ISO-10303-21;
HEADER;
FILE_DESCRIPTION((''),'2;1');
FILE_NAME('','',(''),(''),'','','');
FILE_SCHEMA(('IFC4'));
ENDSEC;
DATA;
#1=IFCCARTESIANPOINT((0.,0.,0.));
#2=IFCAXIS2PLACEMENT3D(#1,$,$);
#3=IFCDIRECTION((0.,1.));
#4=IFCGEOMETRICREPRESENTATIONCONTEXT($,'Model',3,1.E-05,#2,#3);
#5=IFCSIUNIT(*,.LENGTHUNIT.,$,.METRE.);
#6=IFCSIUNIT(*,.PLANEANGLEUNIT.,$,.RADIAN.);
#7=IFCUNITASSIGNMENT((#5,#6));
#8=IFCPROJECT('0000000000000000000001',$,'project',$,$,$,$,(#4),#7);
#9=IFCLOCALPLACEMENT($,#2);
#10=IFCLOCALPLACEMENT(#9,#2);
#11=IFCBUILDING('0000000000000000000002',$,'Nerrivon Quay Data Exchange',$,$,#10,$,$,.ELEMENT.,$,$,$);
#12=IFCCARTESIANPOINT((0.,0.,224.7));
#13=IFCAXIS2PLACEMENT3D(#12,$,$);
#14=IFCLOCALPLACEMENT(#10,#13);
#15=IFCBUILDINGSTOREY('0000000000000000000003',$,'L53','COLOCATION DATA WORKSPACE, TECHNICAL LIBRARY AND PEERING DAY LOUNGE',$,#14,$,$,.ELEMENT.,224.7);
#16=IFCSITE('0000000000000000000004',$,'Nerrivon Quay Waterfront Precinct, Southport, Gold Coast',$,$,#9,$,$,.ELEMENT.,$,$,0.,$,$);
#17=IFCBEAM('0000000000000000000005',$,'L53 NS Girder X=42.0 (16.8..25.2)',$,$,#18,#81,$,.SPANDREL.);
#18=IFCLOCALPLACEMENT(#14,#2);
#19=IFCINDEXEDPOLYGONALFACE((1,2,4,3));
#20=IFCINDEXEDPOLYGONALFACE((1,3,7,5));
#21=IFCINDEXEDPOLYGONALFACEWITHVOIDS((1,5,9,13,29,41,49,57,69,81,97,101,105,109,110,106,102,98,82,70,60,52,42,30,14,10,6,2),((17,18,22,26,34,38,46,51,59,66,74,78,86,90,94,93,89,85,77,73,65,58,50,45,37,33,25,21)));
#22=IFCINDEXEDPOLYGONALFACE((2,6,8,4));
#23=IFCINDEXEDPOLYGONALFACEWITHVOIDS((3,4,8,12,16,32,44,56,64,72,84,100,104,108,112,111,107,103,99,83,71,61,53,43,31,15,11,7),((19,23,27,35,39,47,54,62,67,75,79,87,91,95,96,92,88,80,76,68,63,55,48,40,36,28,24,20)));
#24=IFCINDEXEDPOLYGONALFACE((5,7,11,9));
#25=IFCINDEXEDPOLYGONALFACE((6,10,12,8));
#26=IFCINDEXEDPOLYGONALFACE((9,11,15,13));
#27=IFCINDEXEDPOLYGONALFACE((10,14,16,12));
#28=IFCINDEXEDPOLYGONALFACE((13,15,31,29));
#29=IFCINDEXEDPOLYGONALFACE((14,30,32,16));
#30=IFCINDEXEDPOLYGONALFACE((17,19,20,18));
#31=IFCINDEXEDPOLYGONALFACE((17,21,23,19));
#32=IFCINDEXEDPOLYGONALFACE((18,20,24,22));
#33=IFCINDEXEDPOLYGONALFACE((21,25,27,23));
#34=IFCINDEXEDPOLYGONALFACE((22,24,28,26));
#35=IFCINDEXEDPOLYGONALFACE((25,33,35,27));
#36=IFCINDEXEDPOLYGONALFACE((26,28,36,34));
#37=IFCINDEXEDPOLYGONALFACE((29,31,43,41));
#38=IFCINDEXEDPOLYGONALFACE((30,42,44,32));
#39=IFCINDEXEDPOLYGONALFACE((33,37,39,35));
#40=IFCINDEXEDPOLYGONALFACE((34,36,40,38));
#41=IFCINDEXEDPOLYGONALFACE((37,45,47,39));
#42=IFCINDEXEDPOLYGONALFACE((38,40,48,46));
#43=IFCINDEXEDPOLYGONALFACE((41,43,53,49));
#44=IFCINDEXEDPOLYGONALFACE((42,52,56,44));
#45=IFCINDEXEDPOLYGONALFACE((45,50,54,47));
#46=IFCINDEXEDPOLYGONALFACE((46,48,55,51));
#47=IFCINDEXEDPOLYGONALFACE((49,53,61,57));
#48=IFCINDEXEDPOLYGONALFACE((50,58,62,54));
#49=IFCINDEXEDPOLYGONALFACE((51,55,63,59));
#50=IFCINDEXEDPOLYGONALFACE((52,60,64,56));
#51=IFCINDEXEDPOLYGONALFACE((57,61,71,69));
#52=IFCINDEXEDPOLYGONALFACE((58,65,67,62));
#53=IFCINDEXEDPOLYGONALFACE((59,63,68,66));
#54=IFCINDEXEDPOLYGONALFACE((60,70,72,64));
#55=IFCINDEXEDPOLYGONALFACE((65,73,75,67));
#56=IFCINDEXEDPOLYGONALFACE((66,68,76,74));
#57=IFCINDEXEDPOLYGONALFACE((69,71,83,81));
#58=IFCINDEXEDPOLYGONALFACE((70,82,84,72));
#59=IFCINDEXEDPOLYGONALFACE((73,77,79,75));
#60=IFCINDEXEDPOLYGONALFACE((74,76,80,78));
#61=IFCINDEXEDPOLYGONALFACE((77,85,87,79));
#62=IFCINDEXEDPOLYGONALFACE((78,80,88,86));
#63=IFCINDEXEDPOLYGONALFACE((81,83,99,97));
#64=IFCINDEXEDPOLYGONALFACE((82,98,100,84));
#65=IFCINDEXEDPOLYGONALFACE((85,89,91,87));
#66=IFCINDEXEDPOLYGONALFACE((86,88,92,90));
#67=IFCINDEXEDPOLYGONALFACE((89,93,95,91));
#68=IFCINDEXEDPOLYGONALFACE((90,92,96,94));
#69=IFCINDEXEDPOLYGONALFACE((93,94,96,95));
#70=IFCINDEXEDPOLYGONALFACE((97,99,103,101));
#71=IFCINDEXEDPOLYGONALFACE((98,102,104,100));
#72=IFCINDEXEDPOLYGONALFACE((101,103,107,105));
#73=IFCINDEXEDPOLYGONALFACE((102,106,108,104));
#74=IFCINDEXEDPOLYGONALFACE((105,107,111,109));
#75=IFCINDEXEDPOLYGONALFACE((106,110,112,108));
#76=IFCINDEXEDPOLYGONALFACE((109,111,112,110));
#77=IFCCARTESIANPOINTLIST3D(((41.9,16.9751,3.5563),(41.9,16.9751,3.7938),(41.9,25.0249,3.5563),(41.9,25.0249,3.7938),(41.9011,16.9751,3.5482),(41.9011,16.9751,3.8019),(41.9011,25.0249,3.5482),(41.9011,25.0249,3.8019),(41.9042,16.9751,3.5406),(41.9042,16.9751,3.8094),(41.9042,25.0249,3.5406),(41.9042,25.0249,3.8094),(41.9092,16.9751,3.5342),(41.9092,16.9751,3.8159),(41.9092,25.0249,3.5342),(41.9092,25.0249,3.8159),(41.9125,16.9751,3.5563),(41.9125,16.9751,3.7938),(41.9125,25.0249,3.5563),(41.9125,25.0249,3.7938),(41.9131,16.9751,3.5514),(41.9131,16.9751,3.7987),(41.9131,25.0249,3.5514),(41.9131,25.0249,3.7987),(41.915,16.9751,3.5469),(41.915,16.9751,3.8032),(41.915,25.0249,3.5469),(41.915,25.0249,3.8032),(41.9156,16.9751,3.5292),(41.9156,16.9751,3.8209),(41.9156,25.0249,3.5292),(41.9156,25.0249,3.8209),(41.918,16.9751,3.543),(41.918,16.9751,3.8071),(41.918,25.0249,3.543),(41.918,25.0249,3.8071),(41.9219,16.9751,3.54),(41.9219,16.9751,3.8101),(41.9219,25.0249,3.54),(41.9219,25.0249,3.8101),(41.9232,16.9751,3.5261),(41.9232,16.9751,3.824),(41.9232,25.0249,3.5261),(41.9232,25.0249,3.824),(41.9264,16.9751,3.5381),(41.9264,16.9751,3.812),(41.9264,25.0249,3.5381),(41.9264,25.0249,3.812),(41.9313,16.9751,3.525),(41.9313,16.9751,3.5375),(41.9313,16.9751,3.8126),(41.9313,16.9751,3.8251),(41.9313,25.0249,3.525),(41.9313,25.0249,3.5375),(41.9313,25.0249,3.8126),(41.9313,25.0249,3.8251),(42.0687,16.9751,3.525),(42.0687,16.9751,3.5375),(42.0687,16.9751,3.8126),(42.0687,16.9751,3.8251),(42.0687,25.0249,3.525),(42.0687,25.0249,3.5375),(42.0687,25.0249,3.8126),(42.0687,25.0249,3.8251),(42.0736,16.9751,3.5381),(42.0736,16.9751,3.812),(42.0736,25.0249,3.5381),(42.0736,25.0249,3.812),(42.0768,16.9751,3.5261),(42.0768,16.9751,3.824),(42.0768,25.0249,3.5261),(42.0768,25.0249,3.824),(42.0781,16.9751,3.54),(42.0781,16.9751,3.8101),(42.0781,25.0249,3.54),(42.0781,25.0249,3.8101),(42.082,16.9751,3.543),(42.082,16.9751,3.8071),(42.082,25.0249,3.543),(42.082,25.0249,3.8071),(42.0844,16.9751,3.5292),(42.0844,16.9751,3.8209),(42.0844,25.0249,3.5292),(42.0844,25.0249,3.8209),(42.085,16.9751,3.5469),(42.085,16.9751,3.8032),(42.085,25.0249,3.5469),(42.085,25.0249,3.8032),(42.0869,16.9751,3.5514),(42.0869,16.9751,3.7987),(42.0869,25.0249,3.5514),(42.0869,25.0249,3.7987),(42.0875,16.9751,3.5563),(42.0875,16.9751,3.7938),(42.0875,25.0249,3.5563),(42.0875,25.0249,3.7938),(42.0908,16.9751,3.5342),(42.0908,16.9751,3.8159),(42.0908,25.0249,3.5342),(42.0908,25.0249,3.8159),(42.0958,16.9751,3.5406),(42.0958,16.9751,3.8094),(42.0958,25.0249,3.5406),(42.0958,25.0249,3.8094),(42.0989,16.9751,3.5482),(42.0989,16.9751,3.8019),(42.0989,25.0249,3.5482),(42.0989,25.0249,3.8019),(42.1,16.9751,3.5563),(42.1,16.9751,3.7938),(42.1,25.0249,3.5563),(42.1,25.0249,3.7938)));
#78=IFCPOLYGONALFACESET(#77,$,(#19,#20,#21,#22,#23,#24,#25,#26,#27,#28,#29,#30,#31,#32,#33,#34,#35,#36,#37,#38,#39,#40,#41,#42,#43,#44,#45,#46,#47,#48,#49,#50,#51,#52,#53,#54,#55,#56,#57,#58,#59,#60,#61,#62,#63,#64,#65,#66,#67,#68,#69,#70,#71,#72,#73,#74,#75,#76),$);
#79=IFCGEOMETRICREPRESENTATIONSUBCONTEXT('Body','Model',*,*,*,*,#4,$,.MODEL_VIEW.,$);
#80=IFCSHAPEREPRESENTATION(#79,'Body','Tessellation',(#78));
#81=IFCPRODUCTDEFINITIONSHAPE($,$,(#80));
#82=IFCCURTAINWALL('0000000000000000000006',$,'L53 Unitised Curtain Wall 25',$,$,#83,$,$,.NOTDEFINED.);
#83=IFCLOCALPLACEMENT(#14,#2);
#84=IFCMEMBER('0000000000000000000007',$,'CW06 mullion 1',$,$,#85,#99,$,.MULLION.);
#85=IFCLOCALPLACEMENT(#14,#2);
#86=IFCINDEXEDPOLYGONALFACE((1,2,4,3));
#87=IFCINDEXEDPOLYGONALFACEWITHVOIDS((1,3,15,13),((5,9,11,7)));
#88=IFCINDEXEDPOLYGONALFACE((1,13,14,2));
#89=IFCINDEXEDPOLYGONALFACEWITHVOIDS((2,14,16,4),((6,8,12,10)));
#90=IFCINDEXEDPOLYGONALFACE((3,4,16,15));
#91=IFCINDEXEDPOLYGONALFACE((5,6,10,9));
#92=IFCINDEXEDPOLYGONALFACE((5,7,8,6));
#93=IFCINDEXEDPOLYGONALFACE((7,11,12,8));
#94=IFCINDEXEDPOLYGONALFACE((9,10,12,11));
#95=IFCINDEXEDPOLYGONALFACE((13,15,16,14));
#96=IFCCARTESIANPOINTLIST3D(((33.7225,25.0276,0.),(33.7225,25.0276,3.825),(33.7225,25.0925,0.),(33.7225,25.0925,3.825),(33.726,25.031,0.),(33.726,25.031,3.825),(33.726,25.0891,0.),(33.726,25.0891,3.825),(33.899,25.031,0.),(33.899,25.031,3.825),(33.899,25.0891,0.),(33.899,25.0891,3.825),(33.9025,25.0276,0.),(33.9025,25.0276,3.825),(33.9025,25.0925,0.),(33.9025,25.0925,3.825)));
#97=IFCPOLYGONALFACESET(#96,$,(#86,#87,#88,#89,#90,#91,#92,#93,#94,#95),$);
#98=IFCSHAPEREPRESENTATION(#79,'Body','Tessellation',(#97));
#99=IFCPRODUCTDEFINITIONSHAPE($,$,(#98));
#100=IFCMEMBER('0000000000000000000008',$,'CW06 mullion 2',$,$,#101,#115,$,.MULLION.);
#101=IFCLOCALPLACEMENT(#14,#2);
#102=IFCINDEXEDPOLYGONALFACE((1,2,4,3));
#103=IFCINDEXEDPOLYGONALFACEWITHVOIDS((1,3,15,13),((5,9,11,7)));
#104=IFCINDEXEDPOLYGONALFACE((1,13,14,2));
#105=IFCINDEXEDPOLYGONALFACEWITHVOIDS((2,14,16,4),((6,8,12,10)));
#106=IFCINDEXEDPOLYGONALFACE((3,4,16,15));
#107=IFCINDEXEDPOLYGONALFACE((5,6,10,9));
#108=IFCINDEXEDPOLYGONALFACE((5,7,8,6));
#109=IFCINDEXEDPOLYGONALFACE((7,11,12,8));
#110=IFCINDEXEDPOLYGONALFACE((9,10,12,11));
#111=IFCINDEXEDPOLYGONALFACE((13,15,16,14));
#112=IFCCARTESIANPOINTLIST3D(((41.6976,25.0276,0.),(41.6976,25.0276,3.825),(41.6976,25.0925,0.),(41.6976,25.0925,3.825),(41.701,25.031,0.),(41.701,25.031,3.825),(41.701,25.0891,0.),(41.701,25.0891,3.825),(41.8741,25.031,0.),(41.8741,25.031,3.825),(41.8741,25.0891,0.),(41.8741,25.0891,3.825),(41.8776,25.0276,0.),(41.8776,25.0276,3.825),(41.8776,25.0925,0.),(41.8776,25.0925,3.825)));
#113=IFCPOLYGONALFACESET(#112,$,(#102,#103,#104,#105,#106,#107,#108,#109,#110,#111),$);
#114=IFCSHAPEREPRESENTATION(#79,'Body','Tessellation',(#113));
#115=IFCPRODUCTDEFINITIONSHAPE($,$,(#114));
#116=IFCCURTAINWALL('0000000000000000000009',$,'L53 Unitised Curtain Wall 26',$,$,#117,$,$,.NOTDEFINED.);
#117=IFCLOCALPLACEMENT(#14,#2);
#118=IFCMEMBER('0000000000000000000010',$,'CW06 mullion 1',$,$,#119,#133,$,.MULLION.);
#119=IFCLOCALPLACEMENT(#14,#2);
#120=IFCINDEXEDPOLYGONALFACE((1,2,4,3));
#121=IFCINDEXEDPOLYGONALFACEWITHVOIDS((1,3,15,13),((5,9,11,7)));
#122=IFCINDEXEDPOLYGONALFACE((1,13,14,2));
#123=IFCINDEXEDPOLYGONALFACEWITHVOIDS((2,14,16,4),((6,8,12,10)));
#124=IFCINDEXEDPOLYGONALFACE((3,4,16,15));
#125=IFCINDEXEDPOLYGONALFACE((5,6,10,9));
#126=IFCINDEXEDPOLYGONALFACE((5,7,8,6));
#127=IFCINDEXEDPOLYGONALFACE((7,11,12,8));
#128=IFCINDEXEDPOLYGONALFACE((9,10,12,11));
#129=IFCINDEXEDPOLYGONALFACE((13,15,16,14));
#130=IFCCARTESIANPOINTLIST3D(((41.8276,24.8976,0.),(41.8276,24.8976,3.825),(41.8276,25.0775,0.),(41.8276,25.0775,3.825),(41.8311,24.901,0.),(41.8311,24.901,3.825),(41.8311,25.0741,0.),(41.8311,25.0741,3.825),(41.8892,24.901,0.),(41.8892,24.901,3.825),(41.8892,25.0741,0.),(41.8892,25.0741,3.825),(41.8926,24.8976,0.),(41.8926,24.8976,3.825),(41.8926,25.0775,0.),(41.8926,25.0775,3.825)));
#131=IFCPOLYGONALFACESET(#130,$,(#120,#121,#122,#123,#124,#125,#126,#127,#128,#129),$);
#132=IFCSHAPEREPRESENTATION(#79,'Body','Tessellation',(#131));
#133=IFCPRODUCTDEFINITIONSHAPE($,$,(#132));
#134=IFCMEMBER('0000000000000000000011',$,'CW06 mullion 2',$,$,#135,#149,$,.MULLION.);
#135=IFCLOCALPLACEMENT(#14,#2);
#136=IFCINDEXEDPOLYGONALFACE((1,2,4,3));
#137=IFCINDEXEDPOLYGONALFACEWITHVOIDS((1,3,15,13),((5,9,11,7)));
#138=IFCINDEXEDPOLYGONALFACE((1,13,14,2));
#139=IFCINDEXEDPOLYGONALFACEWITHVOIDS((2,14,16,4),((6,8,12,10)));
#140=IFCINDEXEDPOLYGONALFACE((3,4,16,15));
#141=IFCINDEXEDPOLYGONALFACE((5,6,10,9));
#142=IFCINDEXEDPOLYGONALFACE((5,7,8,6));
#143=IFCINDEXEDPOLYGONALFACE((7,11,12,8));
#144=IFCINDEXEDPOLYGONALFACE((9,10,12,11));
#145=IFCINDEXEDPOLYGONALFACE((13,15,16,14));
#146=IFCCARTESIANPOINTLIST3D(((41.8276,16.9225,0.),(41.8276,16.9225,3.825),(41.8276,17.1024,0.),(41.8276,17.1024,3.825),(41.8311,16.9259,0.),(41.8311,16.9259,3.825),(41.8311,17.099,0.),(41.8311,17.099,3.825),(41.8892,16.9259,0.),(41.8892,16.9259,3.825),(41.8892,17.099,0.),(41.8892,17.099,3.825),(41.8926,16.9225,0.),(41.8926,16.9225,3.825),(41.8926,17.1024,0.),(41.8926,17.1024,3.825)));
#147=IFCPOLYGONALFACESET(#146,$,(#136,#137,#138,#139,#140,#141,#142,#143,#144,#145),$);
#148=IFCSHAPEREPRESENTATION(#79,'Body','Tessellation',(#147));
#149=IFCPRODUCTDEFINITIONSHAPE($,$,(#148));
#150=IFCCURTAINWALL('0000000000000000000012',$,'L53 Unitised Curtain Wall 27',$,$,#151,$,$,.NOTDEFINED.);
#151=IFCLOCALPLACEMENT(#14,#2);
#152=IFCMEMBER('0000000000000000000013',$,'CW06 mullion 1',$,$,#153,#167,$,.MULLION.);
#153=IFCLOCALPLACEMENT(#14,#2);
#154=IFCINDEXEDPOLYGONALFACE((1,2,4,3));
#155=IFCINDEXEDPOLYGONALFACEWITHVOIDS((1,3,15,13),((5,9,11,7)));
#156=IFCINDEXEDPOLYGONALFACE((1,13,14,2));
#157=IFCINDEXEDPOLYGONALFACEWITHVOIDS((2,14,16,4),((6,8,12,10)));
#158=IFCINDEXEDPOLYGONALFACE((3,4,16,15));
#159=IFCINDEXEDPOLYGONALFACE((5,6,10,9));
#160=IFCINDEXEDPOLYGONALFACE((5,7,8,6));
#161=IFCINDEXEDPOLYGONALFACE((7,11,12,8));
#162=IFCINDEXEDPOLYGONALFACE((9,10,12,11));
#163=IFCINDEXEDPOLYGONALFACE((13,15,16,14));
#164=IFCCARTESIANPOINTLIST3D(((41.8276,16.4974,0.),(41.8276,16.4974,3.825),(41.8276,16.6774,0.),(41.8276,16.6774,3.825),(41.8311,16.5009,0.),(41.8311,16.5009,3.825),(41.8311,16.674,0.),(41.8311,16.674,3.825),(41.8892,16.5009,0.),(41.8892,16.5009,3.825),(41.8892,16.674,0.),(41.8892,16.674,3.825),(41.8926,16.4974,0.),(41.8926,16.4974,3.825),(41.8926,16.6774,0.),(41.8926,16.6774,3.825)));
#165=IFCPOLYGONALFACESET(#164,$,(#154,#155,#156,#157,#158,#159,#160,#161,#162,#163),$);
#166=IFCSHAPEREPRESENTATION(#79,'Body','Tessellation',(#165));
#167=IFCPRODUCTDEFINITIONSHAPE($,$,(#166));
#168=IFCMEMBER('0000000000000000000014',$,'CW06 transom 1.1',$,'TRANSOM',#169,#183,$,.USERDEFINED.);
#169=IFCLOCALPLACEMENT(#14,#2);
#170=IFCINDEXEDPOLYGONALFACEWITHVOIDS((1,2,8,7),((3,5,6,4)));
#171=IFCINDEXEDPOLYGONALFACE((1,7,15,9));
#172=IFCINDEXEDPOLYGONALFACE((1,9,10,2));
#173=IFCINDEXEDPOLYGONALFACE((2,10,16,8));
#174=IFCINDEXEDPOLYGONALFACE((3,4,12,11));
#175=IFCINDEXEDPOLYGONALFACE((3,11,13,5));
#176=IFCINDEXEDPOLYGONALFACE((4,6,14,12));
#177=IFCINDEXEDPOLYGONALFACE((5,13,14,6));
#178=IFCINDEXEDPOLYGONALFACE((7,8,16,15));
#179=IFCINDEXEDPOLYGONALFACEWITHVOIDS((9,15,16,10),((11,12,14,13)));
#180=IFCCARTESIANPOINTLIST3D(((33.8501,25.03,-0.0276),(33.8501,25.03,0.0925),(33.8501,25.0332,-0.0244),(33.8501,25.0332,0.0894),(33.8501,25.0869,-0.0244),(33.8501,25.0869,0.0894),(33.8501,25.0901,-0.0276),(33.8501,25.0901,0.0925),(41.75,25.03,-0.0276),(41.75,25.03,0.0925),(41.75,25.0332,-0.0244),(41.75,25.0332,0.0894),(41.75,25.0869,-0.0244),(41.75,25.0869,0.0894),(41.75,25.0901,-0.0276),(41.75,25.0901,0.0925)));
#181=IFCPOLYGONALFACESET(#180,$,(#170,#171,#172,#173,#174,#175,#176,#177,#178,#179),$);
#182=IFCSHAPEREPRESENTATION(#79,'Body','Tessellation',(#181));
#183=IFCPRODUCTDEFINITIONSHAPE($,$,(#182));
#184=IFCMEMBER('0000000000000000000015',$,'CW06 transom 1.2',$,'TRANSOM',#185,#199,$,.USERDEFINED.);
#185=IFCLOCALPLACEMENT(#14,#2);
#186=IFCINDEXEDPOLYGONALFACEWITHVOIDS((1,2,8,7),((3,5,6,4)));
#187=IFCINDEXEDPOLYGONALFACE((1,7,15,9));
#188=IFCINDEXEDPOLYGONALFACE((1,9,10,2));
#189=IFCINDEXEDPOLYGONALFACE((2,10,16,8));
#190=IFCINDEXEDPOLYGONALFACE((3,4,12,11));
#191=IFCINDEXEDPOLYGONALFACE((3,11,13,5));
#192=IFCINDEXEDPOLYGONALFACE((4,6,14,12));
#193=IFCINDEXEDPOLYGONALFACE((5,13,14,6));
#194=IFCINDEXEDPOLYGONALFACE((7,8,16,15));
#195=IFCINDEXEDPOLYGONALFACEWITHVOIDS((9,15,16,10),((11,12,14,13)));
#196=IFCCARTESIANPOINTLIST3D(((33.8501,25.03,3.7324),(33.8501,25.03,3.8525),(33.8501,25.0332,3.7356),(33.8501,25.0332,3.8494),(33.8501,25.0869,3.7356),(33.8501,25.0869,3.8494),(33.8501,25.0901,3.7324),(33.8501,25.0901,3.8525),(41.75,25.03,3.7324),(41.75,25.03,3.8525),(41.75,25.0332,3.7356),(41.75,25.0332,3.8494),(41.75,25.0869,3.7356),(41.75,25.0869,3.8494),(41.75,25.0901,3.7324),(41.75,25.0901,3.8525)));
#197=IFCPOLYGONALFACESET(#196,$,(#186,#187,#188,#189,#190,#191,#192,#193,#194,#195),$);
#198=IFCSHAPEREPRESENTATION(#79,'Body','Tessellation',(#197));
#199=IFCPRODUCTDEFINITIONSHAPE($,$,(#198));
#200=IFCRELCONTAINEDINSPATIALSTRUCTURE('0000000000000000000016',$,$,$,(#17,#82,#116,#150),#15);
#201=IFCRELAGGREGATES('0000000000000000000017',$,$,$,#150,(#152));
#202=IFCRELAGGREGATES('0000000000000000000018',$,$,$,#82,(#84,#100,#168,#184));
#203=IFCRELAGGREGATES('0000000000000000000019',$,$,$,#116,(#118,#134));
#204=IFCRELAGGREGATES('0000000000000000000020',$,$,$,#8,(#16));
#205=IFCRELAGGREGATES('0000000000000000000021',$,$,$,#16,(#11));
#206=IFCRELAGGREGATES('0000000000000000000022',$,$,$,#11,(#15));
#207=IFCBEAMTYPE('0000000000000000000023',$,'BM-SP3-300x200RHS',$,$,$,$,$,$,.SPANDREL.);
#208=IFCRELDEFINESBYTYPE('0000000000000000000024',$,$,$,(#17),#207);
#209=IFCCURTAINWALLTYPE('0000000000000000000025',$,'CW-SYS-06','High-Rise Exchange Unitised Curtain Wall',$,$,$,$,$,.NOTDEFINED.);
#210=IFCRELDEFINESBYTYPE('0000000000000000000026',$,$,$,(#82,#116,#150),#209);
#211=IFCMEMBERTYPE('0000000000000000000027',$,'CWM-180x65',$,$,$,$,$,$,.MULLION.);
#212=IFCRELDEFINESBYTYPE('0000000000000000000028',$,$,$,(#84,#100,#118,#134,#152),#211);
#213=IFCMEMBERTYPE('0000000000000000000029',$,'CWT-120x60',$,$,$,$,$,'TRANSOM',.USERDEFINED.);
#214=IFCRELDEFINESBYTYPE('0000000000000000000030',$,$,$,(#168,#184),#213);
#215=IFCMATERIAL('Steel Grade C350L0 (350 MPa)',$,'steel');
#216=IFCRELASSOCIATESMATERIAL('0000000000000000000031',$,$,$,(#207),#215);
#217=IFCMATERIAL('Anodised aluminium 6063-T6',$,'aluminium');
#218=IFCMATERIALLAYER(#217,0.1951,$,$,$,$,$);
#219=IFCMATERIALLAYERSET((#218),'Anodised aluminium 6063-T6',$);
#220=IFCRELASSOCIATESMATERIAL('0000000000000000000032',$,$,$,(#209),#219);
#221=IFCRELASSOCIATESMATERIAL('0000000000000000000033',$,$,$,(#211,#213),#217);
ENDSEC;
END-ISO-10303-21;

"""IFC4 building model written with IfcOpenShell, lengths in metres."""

from ifc_helpers import new_model, si_unit, direction, frame, origin, origin_2d, place, context, subcontext, project, spatial, hollow_rectangle, extrude, material, layer, layer_set, material_profile, profile_set, type_object, element, aggregate, save


model = new_model("IFC4")

# Units and contexts
model_context = context("Model", 3, precision=1e-05, world=origin(), true_north=direction((0.0, 1.0)))
body_context = subcontext(model_context, "Body", "Model", "MODEL_VIEW")
ifc_project = project(units=[si_unit("LENGTHUNIT", "METRE"), si_unit("PLANEANGLEUNIT", "RADIAN")], contexts=[model_context])

# Site, building, storey
site_placement = place(None, origin())
site = spatial("IfcSite", under=ifc_project, at=site_placement, Name="Nerrivon Quay Waterfront Precinct, Southport, Gold Coast", CompositionType="ELEMENT", RefElevation=0.0)
building_placement = place(site_placement, origin())
building = spatial("IfcBuilding", under=site, at=building_placement, Name="Nerrivon Quay Data Exchange", CompositionType="ELEMENT")
storey_placement = place(building_placement, frame((0.0, 0.0, 224.7)))
storey = spatial("IfcBuildingStorey", under=building, at=storey_placement, Name="L53", Description="COLOCATION DATA WORKSPACE, TECHNICAL LIBRARY AND PEERING DAY LOUNGE", CompositionType="ELEMENT", Elevation=224.7)

# Beam
ifc_material_1 = material(Name="Steel Grade C350L0 (350 MPa)", Category="steel")
ifc_material_profile_1 = material_profile(ifc_material_1, hollow_rectangle(XDim=0.2, YDim=0.3, WallThickness=0.0125, InnerFilletRadius=0.0188, OuterFilletRadius=0.0312, at=origin_2d()), Name="300x200x12.5RHS")
ifc_profile_set_1 = profile_set([ifc_material_profile_1], Name="Steel Grade C350L0 (350 MPa)")
beam_type_1 = type_object("IfcBeamType", Name="BM-SP3-300x200RHS", PredefinedType="SPANDREL", material=ifc_profile_set_1)
beam_1_placement = place(storey_placement, frame((42.0, 16.9751, 3.675), z_axis=(0.0, 1.0, 0.0), x_axis=(-1.0, 0.0, 0.0)))
element("IfcBeam", 1, at=beam_1_placement, inside=storey, type_object=beam_type_1, Name="L53 NS Girder X=42.0 (16.8..25.2)", PredefinedType="SPANDREL", context=body_context, shape_type="SweptSolid", body=[
    extrude(hollow_rectangle(XDim=0.2, YDim=0.3, WallThickness=0.0125, InnerFilletRadius=0.0188, OuterFilletRadius=0.0312, at=origin_2d()), origin(), (0.0, 0.0, 1.0), 8.0498),
])

# Curtain walls, members
ifc_material_2 = material(Name="Anodised aluminium 6063-T6", Category="aluminium")
ifc_layer_1 = layer(ifc_material_2, 0.1951)
ifc_layer_set_1 = layer_set([ifc_layer_1], Name="Anodised aluminium 6063-T6")
curtain_wall_type = type_object("IfcCurtainWallType", Name="CW-SYS-06", Description="High-Rise Exchange Unitised Curtain Wall", PredefinedType="NOTDEFINED", material=ifc_layer_set_1)
curtain_wall_1_placement = place(storey_placement, origin())
curtain_wall_1 = element("IfcCurtainWall", 2, at=curtain_wall_1_placement, inside=storey, type_object=curtain_wall_type, Name="L53 Unitised Curtain Wall 25", PredefinedType="NOTDEFINED")
ifc_material_profile_2 = material_profile(ifc_material_2, hollow_rectangle(XDim=0.0649, YDim=0.1799, WallThickness=0.0034, at=origin_2d()), Name="ALU-MULL-180x65")
ifc_profile_set_2 = profile_set([ifc_material_profile_2], Name="Anodised aluminium 6063-T6")
member_type_1 = type_object("IfcMemberType", Name="CWM-180x65", PredefinedType="MULLION", material=ifc_profile_set_2)
member_1_placement = place(storey_placement, frame((33.8125, 25.0601, 0.0), z_axis=(0.0, 0.0, 1.0), x_axis=(0.0, 1.0, 0.0)))
member_1 = element("IfcMember", 3, at=member_1_placement, type_object=member_type_1, Name="CW06 mullion 1", PredefinedType="MULLION", context=body_context, shape_type="SweptSolid", body=[
    extrude(hollow_rectangle(XDim=0.0649, YDim=0.1799, WallThickness=0.0034, at=origin_2d()), origin(), (0.0, 0.0, 1.0), 3.825),
])
member_2_placement = place(storey_placement, frame((41.7876, 25.0601, 0.0), z_axis=(0.0, 0.0, 1.0), x_axis=(0.0, 1.0, 0.0)))
member_2 = element("IfcMember", 4, at=member_2_placement, type_object=member_type_1, Name="CW06 mullion 2", PredefinedType="MULLION", context=body_context, shape_type="SweptSolid", body=[
    extrude(hollow_rectangle(XDim=0.0649, YDim=0.1799, WallThickness=0.0034, at=origin_2d()), origin(), (0.0, 0.0, 1.0), 3.825),
])
curtain_wall_2_placement = place(storey_placement, origin())
curtain_wall_2 = element("IfcCurtainWall", 5, at=curtain_wall_2_placement, inside=storey, type_object=curtain_wall_type, Name="L53 Unitised Curtain Wall 26", PredefinedType="NOTDEFINED")
member_3_placement = place(storey_placement, frame((41.8601, 24.9875, 0.0), z_axis=(0.0, 0.0, 1.0), x_axis=(1.0, 0.0, 0.0)))
member_3 = element("IfcMember", 6, at=member_3_placement, type_object=member_type_1, Name="CW06 mullion 1", PredefinedType="MULLION", context=body_context, shape_type="SweptSolid", body=[
    extrude(hollow_rectangle(XDim=0.0649, YDim=0.1799, WallThickness=0.0034, at=origin_2d()), origin(), (0.0, 0.0, 1.0), 3.825),
])
member_4_placement = place(storey_placement, frame((41.8601, 17.0125, 0.0), z_axis=(0.0, 0.0, 1.0), x_axis=(1.0, 0.0, 0.0)))
member_4 = element("IfcMember", 7, at=member_4_placement, type_object=member_type_1, Name="CW06 mullion 2", PredefinedType="MULLION", context=body_context, shape_type="SweptSolid", body=[
    extrude(hollow_rectangle(XDim=0.0649, YDim=0.1799, WallThickness=0.0034, at=origin_2d()), origin(), (0.0, 0.0, 1.0), 3.825),
])

# Curtain wall, member
curtain_wall_3_placement = place(storey_placement, origin())
curtain_wall_3 = element("IfcCurtainWall", 8, at=curtain_wall_3_placement, inside=storey, type_object=curtain_wall_type, Name="L53 Unitised Curtain Wall 27", PredefinedType="NOTDEFINED")
member_5_placement = place(storey_placement, frame((41.8601, 16.5874, 0.0), z_axis=(0.0, 0.0, 1.0), x_axis=(1.0, 0.0, 0.0)))
member_5 = element("IfcMember", 9, at=member_5_placement, type_object=member_type_1, Name="CW06 mullion 1", PredefinedType="MULLION", context=body_context, shape_type="SweptSolid", body=[
    extrude(hollow_rectangle(XDim=0.0649, YDim=0.1799, WallThickness=0.0034, at=origin_2d()), origin(), (0.0, 0.0, 1.0), 3.825),
])

# Members
ifc_material_profile_3 = material_profile(ifc_material_2, hollow_rectangle(XDim=0.0601, YDim=0.1201, WallThickness=0.0032, at=origin_2d()), Name="ALU-TRAN-120x60")
ifc_profile_set_3 = profile_set([ifc_material_profile_3], Name="Anodised aluminium 6063-T6")
member_type_2 = type_object("IfcMemberType", Name="CWT-120x60", ElementType="TRANSOM", PredefinedType="USERDEFINED", material=ifc_profile_set_3)
member_6_placement = place(storey_placement, frame((33.8501, 25.0601, 0.0325), z_axis=(1.0, 0.0, 0.0), x_axis=(0.0, 1.0, 0.0)))
member_6 = element("IfcMember", 10, at=member_6_placement, type_object=member_type_2, Name="CW06 transom 1.1", ObjectType="TRANSOM", PredefinedType="USERDEFINED", context=body_context, shape_type="SweptSolid", body=[
    extrude(hollow_rectangle(XDim=0.0601, YDim=0.1201, WallThickness=0.0032, at=origin_2d()), origin(), (0.0, 0.0, 1.0), 7.8999),
])
member_7_placement = place(storey_placement, frame((33.8501, 25.0601, 3.7925), z_axis=(1.0, 0.0, 0.0), x_axis=(0.0, 1.0, 0.0)))
member_7 = element("IfcMember", 11, at=member_7_placement, type_object=member_type_2, Name="CW06 transom 1.2", ObjectType="TRANSOM", PredefinedType="USERDEFINED", context=body_context, shape_type="SweptSolid", body=[
    extrude(hollow_rectangle(XDim=0.0601, YDim=0.1201, WallThickness=0.0032, at=origin_2d()), origin(), (0.0, 0.0, 1.0), 7.8999),
])
aggregate(curtain_wall_3, [member_5])

aggregate(curtain_wall_1, [member_1, member_2, member_6, member_7])
aggregate(curtain_wall_2, [member_3, member_4])

save(model, "model.ifc")
